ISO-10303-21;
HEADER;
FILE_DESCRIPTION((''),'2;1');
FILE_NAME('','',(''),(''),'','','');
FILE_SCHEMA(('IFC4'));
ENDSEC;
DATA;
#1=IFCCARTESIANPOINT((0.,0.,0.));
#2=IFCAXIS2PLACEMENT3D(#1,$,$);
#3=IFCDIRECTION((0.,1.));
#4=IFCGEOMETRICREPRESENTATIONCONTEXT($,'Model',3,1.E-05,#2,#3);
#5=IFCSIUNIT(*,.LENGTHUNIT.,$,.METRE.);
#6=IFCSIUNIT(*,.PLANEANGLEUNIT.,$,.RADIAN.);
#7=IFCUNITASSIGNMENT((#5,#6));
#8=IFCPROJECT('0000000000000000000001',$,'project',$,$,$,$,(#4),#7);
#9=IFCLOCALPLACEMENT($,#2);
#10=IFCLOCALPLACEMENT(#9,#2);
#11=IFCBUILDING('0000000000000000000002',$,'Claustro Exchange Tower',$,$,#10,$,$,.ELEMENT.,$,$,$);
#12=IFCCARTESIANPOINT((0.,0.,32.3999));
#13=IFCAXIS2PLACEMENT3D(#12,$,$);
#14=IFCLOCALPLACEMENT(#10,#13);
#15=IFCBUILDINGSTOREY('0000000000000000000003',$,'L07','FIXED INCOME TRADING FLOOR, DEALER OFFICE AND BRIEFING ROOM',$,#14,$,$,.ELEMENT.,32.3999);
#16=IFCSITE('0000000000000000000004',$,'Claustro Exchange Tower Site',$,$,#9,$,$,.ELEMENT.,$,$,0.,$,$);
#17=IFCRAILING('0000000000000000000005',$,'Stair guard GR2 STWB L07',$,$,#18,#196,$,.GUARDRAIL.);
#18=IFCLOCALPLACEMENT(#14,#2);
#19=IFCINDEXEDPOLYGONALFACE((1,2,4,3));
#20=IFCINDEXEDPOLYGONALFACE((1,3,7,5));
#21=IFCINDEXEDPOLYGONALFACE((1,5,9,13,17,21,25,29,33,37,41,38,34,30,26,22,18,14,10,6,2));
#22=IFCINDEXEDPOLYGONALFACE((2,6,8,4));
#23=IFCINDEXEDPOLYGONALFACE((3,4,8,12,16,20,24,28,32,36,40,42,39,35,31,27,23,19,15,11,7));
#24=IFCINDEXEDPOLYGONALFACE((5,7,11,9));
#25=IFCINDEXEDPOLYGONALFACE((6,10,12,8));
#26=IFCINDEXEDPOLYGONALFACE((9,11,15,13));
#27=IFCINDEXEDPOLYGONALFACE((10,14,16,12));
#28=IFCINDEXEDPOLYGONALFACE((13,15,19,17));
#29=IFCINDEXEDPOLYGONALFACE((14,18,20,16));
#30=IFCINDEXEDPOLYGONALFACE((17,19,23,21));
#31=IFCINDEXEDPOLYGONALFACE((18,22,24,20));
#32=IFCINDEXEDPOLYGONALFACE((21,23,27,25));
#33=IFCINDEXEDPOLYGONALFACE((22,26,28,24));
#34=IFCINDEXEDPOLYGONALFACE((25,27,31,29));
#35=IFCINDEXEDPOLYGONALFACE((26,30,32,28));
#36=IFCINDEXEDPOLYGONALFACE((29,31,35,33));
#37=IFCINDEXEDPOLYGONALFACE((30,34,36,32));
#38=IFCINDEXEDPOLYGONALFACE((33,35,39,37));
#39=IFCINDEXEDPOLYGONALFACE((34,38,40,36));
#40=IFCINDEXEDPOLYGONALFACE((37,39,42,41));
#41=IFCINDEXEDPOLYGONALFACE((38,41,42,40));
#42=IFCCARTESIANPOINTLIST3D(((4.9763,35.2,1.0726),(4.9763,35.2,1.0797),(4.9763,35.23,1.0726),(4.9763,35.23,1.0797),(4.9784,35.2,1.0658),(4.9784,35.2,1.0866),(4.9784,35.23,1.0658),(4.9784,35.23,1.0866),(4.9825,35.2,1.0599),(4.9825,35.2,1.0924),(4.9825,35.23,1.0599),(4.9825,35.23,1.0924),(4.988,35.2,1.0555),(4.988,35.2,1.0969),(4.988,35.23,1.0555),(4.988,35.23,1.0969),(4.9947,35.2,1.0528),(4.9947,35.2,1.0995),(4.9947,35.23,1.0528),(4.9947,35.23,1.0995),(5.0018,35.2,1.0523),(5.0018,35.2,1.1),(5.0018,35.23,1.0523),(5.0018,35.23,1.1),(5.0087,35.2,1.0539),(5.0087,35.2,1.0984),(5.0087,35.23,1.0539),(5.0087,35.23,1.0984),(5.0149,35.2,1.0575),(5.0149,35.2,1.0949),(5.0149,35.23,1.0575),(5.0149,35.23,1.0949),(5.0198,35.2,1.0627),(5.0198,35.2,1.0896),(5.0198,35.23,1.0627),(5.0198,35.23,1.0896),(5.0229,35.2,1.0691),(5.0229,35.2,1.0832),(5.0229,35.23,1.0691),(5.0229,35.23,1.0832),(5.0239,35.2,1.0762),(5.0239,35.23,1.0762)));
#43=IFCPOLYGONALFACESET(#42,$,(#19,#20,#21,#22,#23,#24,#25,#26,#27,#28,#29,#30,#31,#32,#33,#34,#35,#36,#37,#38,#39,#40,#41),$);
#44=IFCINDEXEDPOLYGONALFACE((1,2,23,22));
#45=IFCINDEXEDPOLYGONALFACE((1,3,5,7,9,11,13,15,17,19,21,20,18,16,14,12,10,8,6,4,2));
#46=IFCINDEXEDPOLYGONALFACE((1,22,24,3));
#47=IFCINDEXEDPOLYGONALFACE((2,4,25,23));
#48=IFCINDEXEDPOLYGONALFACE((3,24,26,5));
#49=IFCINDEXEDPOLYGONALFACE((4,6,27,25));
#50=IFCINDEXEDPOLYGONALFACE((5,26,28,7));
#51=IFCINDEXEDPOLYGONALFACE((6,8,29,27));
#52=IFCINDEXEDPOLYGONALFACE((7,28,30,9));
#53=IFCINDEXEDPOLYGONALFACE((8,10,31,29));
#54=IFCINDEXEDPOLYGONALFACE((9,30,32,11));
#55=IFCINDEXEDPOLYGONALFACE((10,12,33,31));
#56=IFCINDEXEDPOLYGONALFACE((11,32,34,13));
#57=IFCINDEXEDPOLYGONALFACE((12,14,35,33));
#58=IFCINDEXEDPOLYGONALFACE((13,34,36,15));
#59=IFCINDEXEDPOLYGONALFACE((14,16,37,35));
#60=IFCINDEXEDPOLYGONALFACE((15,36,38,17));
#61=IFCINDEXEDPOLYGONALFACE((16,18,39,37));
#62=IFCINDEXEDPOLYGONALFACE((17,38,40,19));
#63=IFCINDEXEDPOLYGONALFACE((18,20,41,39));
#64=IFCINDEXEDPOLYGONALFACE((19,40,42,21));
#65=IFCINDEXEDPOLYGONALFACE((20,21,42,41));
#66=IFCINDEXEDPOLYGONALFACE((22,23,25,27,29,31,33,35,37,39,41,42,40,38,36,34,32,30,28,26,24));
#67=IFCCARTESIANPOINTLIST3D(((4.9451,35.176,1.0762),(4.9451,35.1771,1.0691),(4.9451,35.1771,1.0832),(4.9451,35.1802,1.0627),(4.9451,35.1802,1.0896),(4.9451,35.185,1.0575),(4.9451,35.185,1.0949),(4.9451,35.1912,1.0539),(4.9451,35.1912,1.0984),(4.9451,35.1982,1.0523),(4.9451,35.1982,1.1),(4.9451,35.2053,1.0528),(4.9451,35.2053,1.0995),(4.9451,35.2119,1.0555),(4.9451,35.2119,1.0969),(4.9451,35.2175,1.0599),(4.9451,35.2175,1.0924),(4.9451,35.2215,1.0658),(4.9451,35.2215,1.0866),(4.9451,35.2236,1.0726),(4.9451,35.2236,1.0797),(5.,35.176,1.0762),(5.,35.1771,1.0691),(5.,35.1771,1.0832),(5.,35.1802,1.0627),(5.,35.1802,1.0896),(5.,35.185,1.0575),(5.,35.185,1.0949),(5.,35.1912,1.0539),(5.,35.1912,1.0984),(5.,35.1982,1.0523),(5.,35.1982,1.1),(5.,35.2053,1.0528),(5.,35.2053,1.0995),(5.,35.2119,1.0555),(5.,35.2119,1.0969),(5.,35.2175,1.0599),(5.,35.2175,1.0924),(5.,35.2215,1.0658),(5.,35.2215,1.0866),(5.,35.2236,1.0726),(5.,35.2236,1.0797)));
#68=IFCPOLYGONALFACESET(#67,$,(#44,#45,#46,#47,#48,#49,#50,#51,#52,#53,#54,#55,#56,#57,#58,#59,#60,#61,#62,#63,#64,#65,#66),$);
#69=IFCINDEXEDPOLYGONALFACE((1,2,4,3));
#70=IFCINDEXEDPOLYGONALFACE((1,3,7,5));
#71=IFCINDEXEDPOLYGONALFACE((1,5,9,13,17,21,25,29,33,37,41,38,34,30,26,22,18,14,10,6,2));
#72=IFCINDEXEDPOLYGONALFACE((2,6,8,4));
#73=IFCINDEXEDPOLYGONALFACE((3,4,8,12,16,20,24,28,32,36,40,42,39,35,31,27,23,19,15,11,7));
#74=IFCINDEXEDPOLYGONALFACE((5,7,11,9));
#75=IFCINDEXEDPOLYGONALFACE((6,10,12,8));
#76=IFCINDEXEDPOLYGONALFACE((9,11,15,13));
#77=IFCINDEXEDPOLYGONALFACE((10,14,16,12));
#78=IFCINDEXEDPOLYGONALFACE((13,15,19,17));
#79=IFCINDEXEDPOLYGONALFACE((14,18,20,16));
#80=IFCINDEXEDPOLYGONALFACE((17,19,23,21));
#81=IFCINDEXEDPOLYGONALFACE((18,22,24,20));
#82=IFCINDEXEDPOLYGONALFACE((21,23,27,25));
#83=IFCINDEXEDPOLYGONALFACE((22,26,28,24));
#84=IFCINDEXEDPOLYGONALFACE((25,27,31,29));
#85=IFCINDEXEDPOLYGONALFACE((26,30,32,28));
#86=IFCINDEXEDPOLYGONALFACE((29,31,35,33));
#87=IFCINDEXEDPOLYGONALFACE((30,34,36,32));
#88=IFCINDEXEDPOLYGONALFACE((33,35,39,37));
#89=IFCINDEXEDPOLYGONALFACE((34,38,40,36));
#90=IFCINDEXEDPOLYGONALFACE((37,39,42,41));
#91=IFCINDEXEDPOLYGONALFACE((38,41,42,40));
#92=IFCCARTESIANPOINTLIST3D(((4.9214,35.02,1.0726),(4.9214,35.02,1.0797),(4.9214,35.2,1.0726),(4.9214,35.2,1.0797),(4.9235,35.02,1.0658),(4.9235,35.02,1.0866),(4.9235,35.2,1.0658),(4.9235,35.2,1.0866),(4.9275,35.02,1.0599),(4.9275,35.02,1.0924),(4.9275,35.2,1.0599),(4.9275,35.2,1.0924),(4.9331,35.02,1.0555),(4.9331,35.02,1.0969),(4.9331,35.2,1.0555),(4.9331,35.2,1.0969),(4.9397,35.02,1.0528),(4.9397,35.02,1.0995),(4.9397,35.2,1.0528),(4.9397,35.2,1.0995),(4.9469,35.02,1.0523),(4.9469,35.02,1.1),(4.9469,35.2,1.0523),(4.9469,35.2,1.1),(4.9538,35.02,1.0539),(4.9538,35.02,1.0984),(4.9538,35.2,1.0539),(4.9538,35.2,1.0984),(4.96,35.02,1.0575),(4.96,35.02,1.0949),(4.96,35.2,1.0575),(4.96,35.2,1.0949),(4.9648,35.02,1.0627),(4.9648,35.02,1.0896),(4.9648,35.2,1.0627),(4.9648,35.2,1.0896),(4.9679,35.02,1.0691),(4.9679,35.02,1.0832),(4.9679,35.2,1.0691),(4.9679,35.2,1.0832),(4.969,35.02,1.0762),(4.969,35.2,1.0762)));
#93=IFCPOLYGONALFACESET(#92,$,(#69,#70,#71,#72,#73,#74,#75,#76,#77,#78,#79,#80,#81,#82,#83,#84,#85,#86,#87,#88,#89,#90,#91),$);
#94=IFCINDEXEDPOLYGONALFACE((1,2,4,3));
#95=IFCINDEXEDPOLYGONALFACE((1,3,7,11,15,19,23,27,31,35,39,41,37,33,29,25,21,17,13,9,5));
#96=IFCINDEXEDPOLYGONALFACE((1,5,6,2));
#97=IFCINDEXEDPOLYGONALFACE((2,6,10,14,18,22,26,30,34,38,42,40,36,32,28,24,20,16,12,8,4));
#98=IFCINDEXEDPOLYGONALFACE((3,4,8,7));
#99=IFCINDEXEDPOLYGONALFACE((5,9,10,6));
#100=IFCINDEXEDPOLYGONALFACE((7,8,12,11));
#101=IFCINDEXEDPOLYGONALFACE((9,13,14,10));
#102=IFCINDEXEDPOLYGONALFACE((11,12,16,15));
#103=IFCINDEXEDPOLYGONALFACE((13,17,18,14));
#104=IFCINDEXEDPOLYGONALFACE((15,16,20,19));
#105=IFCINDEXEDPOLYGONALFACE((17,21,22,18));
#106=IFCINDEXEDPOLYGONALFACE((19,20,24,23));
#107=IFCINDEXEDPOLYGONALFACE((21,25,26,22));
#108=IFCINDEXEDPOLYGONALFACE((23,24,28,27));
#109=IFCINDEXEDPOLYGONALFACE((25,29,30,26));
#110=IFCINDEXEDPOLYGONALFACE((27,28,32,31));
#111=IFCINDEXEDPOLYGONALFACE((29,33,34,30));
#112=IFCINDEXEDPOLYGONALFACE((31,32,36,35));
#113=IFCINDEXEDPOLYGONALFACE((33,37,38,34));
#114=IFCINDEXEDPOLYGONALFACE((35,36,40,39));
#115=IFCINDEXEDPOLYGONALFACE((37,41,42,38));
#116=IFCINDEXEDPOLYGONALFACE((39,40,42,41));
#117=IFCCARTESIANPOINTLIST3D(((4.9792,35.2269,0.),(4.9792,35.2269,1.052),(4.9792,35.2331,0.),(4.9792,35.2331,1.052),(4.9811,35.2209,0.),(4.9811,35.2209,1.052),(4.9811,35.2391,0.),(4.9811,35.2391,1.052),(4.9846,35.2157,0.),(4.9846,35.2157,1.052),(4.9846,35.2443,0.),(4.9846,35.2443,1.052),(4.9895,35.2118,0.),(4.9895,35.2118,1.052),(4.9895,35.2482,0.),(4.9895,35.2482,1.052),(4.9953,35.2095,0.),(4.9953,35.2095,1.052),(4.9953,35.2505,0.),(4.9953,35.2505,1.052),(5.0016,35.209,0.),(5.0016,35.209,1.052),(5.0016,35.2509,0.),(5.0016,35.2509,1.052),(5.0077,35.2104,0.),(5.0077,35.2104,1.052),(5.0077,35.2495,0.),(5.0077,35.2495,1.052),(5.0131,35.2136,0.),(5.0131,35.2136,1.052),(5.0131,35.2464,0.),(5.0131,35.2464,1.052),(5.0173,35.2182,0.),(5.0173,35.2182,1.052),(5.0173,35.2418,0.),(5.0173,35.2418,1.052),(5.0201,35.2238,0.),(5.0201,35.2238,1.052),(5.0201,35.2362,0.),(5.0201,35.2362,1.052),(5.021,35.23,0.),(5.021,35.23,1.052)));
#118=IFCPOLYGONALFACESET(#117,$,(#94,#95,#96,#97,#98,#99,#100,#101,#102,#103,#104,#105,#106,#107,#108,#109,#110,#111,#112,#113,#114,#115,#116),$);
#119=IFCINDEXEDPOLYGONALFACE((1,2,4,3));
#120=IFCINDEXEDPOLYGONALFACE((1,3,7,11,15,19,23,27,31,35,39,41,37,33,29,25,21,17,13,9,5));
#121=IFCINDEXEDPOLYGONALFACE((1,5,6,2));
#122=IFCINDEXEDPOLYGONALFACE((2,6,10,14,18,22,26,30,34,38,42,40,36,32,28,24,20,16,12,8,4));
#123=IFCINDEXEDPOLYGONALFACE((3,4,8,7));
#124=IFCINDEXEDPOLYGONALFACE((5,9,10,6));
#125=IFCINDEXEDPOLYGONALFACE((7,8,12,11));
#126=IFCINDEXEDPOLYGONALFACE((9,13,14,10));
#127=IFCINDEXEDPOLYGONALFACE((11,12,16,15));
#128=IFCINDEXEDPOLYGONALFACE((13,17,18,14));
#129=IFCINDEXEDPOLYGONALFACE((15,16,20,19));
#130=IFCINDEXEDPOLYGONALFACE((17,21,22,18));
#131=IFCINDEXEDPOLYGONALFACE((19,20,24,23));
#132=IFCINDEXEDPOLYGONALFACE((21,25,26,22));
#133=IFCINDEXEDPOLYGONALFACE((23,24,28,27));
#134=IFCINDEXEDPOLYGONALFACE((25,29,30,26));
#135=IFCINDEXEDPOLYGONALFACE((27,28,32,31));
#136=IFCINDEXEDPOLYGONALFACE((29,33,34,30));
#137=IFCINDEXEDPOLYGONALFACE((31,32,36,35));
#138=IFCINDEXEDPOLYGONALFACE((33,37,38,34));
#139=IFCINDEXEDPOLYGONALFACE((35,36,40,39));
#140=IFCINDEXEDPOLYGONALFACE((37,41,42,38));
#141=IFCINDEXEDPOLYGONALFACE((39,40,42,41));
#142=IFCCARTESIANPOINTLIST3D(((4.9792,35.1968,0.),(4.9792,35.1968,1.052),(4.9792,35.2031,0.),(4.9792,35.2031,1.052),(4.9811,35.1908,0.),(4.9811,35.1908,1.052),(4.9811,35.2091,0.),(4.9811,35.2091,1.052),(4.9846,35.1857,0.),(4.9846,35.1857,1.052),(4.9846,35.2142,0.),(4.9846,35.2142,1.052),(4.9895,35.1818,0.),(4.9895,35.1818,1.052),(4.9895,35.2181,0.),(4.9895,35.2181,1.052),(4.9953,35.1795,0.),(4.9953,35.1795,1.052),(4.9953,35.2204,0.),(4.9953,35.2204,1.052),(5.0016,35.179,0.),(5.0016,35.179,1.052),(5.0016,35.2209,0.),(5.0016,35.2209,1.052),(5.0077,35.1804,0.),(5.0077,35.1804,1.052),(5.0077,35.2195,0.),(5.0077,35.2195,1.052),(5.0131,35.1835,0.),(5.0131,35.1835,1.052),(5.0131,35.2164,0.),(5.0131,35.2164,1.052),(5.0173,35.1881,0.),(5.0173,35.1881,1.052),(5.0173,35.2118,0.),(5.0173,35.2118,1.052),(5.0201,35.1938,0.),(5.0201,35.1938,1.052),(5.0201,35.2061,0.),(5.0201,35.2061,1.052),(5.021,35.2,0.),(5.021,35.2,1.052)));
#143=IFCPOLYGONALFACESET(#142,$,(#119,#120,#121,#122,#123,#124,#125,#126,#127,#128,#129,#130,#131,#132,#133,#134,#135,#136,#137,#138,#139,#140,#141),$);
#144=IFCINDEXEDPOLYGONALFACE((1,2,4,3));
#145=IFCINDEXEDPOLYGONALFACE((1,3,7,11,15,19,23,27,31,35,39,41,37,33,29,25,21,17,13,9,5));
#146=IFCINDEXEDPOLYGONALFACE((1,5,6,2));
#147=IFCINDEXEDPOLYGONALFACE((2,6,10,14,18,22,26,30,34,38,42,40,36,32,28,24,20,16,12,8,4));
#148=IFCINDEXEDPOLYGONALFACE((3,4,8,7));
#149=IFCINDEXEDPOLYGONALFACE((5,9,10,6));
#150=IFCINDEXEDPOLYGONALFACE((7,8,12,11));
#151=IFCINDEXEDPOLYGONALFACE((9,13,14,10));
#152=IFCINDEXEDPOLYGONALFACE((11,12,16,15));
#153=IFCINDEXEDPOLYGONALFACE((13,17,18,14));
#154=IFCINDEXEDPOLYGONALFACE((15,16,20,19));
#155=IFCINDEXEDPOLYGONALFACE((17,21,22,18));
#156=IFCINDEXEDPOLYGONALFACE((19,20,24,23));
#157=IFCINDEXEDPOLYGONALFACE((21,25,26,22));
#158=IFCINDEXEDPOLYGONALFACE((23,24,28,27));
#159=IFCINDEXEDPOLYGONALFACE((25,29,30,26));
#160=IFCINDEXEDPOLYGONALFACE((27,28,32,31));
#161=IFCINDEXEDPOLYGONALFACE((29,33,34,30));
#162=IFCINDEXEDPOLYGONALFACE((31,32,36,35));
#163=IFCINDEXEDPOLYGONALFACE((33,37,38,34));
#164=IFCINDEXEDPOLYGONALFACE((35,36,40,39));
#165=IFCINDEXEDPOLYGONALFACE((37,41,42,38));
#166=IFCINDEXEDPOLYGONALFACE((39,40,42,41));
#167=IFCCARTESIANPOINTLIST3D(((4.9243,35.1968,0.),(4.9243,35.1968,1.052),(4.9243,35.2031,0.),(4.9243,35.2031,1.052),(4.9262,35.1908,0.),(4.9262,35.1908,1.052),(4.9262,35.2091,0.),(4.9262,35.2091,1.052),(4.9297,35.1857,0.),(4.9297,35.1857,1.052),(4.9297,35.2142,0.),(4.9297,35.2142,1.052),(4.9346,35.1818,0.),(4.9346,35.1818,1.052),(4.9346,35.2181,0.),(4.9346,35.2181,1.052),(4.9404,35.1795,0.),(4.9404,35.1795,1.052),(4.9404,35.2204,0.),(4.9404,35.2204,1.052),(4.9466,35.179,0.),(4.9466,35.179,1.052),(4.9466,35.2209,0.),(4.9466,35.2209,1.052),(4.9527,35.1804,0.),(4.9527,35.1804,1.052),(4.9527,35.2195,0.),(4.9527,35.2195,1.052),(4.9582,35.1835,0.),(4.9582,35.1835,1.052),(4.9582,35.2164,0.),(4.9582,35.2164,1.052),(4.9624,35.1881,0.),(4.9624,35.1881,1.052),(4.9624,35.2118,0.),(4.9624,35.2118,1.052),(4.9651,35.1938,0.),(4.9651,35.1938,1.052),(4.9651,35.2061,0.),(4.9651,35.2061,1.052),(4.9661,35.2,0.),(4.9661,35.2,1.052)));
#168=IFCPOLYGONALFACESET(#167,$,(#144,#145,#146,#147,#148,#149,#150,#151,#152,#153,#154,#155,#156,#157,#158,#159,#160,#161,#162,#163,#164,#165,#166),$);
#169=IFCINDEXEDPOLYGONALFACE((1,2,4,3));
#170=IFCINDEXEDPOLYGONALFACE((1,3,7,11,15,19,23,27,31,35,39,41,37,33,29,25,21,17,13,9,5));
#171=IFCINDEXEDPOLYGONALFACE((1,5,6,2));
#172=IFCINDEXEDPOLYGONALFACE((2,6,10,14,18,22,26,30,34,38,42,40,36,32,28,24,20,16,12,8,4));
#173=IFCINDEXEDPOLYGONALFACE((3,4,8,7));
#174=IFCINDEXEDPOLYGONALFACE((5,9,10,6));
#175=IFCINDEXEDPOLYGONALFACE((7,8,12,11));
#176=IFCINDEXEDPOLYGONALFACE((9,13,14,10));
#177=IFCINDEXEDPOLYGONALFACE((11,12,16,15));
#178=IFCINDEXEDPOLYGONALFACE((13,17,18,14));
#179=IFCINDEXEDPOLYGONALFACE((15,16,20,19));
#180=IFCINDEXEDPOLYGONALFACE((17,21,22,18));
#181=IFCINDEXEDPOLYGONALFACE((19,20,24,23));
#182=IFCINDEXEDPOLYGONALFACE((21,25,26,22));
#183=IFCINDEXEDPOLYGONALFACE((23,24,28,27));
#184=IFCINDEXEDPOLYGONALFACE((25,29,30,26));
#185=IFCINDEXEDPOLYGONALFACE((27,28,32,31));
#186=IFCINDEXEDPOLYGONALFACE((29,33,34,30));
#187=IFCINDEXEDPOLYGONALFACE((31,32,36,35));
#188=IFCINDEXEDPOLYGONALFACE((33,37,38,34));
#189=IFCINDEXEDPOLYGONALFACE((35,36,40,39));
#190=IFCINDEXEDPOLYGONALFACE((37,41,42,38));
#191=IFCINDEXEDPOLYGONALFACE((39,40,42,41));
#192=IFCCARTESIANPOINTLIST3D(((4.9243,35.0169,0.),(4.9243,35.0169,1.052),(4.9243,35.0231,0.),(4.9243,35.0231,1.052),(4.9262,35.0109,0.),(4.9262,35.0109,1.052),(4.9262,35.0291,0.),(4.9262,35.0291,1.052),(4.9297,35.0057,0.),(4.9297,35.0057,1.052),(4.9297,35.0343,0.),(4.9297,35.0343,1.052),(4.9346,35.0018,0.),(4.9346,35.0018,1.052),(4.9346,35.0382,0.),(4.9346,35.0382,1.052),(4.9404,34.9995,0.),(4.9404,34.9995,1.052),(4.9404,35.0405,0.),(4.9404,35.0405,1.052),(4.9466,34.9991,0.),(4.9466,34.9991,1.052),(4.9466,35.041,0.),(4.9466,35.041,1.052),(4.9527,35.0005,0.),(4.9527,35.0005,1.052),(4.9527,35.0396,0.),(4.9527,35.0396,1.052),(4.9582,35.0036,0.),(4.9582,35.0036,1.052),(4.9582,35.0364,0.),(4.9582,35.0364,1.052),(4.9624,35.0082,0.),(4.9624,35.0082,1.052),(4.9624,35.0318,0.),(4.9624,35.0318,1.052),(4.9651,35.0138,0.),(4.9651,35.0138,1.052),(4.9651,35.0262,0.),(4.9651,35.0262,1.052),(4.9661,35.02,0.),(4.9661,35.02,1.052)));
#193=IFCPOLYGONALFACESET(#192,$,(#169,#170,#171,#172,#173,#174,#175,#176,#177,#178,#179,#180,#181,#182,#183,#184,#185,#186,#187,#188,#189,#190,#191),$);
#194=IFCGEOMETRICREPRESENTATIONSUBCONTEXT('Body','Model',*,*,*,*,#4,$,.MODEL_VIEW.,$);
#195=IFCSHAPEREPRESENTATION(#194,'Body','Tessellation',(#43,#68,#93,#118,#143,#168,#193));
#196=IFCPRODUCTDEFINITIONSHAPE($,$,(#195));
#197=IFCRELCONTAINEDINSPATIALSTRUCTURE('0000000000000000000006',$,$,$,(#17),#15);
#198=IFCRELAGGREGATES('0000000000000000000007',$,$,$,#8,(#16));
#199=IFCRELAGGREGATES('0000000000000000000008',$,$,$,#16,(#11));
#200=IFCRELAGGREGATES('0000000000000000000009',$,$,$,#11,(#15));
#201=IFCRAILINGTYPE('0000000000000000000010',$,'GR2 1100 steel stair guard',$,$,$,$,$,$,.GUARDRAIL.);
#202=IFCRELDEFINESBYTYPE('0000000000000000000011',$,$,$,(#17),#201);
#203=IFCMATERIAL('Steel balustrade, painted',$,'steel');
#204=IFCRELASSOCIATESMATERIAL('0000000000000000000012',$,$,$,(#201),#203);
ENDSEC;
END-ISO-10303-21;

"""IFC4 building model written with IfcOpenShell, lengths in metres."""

from ifc_helpers import new_model, si_unit, direction, frame, origin, origin_2d, place, context, subcontext, project, spatial, circle, extrude, material, type_object, element, save


model = new_model("IFC4")

# Units and contexts
model_context = context("Model", 3, precision=1e-05, world=origin(), true_north=direction((0.0, 1.0)))
body_context = subcontext(model_context, "Body", "Model", "MODEL_VIEW")
ifc_project = project(units=[si_unit("LENGTHUNIT", "METRE"), si_unit("PLANEANGLEUNIT", "RADIAN")], contexts=[model_context])

# Site, building, storey
site_placement = place(None, origin())
site = spatial("IfcSite", under=ifc_project, at=site_placement, Name="Claustro Exchange Tower Site", CompositionType="ELEMENT", RefElevation=0.0)
building_placement = place(site_placement, origin())
building = spatial("IfcBuilding", under=site, at=building_placement, Name="Claustro Exchange Tower", CompositionType="ELEMENT")
storey_placement = place(building_placement, frame((0.0, 0.0, 32.3999)))
storey = spatial("IfcBuildingStorey", under=building, at=storey_placement, Name="L07", Description="FIXED INCOME TRADING FLOOR, DEALER OFFICE AND BRIEFING ROOM", CompositionType="ELEMENT", Elevation=32.3999)

# Railing
ifc_material_1 = material(Name="Steel balustrade, painted", Category="steel")
railing_type_1 = type_object("IfcRailingType", Name="GR2 1100 steel stair guard", PredefinedType="GUARDRAIL", material=ifc_material_1)
railing_1_placement = place(storey_placement, frame((5.0, 35.23, 0.0)))
element("IfcRailing", 1, at=railing_1_placement, inside=storey, type_object=railing_type_1, Name="Stair guard GR2 STWB L07", PredefinedType="GUARDRAIL", context=body_context, shape_type="SweptSolid", body=[
    extrude(circle(Radius=0.0239, at=origin_2d()), frame((0.0, 0.0, 1.0762), z_axis=(0.0, -1.0, 0.0), x_axis=(1.0, 0.0, 0.0)), (0.0, 0.0, 1.0), 0.03),
    extrude(circle(Radius=0.0239, at=origin_2d()), frame((0.0, -0.03, 1.0762), z_axis=(-1.0, 0.0, 0.0), x_axis=(0.0, -1.0, 0.0)), (0.0, 0.0, 1.0), 0.0549),
    extrude(circle(Radius=0.0239, at=origin_2d()), frame((-0.0549, -0.03, 1.0762), z_axis=(0.0, -1.0, 0.0), x_axis=(1.0, 0.0, 0.0)), (0.0, 0.0, 1.0), 0.1799),
    extrude(circle(Radius=0.021, at=origin_2d()), origin(), (0.0, 0.0, 1.0), 1.052),
    extrude(circle(Radius=0.021, at=origin_2d()), frame((0.0, -0.03, 0.0)), (0.0, 0.0, 1.0), 1.052),
    extrude(circle(Radius=0.021, at=origin_2d()), frame((-0.0549, -0.03, 0.0)), (0.0, 0.0, 1.0), 1.052),
    extrude(circle(Radius=0.021, at=origin_2d()), frame((-0.0549, -0.21, 0.0)), (0.0, 0.0, 1.0), 1.052),
])

save(model, "model.ifc")
